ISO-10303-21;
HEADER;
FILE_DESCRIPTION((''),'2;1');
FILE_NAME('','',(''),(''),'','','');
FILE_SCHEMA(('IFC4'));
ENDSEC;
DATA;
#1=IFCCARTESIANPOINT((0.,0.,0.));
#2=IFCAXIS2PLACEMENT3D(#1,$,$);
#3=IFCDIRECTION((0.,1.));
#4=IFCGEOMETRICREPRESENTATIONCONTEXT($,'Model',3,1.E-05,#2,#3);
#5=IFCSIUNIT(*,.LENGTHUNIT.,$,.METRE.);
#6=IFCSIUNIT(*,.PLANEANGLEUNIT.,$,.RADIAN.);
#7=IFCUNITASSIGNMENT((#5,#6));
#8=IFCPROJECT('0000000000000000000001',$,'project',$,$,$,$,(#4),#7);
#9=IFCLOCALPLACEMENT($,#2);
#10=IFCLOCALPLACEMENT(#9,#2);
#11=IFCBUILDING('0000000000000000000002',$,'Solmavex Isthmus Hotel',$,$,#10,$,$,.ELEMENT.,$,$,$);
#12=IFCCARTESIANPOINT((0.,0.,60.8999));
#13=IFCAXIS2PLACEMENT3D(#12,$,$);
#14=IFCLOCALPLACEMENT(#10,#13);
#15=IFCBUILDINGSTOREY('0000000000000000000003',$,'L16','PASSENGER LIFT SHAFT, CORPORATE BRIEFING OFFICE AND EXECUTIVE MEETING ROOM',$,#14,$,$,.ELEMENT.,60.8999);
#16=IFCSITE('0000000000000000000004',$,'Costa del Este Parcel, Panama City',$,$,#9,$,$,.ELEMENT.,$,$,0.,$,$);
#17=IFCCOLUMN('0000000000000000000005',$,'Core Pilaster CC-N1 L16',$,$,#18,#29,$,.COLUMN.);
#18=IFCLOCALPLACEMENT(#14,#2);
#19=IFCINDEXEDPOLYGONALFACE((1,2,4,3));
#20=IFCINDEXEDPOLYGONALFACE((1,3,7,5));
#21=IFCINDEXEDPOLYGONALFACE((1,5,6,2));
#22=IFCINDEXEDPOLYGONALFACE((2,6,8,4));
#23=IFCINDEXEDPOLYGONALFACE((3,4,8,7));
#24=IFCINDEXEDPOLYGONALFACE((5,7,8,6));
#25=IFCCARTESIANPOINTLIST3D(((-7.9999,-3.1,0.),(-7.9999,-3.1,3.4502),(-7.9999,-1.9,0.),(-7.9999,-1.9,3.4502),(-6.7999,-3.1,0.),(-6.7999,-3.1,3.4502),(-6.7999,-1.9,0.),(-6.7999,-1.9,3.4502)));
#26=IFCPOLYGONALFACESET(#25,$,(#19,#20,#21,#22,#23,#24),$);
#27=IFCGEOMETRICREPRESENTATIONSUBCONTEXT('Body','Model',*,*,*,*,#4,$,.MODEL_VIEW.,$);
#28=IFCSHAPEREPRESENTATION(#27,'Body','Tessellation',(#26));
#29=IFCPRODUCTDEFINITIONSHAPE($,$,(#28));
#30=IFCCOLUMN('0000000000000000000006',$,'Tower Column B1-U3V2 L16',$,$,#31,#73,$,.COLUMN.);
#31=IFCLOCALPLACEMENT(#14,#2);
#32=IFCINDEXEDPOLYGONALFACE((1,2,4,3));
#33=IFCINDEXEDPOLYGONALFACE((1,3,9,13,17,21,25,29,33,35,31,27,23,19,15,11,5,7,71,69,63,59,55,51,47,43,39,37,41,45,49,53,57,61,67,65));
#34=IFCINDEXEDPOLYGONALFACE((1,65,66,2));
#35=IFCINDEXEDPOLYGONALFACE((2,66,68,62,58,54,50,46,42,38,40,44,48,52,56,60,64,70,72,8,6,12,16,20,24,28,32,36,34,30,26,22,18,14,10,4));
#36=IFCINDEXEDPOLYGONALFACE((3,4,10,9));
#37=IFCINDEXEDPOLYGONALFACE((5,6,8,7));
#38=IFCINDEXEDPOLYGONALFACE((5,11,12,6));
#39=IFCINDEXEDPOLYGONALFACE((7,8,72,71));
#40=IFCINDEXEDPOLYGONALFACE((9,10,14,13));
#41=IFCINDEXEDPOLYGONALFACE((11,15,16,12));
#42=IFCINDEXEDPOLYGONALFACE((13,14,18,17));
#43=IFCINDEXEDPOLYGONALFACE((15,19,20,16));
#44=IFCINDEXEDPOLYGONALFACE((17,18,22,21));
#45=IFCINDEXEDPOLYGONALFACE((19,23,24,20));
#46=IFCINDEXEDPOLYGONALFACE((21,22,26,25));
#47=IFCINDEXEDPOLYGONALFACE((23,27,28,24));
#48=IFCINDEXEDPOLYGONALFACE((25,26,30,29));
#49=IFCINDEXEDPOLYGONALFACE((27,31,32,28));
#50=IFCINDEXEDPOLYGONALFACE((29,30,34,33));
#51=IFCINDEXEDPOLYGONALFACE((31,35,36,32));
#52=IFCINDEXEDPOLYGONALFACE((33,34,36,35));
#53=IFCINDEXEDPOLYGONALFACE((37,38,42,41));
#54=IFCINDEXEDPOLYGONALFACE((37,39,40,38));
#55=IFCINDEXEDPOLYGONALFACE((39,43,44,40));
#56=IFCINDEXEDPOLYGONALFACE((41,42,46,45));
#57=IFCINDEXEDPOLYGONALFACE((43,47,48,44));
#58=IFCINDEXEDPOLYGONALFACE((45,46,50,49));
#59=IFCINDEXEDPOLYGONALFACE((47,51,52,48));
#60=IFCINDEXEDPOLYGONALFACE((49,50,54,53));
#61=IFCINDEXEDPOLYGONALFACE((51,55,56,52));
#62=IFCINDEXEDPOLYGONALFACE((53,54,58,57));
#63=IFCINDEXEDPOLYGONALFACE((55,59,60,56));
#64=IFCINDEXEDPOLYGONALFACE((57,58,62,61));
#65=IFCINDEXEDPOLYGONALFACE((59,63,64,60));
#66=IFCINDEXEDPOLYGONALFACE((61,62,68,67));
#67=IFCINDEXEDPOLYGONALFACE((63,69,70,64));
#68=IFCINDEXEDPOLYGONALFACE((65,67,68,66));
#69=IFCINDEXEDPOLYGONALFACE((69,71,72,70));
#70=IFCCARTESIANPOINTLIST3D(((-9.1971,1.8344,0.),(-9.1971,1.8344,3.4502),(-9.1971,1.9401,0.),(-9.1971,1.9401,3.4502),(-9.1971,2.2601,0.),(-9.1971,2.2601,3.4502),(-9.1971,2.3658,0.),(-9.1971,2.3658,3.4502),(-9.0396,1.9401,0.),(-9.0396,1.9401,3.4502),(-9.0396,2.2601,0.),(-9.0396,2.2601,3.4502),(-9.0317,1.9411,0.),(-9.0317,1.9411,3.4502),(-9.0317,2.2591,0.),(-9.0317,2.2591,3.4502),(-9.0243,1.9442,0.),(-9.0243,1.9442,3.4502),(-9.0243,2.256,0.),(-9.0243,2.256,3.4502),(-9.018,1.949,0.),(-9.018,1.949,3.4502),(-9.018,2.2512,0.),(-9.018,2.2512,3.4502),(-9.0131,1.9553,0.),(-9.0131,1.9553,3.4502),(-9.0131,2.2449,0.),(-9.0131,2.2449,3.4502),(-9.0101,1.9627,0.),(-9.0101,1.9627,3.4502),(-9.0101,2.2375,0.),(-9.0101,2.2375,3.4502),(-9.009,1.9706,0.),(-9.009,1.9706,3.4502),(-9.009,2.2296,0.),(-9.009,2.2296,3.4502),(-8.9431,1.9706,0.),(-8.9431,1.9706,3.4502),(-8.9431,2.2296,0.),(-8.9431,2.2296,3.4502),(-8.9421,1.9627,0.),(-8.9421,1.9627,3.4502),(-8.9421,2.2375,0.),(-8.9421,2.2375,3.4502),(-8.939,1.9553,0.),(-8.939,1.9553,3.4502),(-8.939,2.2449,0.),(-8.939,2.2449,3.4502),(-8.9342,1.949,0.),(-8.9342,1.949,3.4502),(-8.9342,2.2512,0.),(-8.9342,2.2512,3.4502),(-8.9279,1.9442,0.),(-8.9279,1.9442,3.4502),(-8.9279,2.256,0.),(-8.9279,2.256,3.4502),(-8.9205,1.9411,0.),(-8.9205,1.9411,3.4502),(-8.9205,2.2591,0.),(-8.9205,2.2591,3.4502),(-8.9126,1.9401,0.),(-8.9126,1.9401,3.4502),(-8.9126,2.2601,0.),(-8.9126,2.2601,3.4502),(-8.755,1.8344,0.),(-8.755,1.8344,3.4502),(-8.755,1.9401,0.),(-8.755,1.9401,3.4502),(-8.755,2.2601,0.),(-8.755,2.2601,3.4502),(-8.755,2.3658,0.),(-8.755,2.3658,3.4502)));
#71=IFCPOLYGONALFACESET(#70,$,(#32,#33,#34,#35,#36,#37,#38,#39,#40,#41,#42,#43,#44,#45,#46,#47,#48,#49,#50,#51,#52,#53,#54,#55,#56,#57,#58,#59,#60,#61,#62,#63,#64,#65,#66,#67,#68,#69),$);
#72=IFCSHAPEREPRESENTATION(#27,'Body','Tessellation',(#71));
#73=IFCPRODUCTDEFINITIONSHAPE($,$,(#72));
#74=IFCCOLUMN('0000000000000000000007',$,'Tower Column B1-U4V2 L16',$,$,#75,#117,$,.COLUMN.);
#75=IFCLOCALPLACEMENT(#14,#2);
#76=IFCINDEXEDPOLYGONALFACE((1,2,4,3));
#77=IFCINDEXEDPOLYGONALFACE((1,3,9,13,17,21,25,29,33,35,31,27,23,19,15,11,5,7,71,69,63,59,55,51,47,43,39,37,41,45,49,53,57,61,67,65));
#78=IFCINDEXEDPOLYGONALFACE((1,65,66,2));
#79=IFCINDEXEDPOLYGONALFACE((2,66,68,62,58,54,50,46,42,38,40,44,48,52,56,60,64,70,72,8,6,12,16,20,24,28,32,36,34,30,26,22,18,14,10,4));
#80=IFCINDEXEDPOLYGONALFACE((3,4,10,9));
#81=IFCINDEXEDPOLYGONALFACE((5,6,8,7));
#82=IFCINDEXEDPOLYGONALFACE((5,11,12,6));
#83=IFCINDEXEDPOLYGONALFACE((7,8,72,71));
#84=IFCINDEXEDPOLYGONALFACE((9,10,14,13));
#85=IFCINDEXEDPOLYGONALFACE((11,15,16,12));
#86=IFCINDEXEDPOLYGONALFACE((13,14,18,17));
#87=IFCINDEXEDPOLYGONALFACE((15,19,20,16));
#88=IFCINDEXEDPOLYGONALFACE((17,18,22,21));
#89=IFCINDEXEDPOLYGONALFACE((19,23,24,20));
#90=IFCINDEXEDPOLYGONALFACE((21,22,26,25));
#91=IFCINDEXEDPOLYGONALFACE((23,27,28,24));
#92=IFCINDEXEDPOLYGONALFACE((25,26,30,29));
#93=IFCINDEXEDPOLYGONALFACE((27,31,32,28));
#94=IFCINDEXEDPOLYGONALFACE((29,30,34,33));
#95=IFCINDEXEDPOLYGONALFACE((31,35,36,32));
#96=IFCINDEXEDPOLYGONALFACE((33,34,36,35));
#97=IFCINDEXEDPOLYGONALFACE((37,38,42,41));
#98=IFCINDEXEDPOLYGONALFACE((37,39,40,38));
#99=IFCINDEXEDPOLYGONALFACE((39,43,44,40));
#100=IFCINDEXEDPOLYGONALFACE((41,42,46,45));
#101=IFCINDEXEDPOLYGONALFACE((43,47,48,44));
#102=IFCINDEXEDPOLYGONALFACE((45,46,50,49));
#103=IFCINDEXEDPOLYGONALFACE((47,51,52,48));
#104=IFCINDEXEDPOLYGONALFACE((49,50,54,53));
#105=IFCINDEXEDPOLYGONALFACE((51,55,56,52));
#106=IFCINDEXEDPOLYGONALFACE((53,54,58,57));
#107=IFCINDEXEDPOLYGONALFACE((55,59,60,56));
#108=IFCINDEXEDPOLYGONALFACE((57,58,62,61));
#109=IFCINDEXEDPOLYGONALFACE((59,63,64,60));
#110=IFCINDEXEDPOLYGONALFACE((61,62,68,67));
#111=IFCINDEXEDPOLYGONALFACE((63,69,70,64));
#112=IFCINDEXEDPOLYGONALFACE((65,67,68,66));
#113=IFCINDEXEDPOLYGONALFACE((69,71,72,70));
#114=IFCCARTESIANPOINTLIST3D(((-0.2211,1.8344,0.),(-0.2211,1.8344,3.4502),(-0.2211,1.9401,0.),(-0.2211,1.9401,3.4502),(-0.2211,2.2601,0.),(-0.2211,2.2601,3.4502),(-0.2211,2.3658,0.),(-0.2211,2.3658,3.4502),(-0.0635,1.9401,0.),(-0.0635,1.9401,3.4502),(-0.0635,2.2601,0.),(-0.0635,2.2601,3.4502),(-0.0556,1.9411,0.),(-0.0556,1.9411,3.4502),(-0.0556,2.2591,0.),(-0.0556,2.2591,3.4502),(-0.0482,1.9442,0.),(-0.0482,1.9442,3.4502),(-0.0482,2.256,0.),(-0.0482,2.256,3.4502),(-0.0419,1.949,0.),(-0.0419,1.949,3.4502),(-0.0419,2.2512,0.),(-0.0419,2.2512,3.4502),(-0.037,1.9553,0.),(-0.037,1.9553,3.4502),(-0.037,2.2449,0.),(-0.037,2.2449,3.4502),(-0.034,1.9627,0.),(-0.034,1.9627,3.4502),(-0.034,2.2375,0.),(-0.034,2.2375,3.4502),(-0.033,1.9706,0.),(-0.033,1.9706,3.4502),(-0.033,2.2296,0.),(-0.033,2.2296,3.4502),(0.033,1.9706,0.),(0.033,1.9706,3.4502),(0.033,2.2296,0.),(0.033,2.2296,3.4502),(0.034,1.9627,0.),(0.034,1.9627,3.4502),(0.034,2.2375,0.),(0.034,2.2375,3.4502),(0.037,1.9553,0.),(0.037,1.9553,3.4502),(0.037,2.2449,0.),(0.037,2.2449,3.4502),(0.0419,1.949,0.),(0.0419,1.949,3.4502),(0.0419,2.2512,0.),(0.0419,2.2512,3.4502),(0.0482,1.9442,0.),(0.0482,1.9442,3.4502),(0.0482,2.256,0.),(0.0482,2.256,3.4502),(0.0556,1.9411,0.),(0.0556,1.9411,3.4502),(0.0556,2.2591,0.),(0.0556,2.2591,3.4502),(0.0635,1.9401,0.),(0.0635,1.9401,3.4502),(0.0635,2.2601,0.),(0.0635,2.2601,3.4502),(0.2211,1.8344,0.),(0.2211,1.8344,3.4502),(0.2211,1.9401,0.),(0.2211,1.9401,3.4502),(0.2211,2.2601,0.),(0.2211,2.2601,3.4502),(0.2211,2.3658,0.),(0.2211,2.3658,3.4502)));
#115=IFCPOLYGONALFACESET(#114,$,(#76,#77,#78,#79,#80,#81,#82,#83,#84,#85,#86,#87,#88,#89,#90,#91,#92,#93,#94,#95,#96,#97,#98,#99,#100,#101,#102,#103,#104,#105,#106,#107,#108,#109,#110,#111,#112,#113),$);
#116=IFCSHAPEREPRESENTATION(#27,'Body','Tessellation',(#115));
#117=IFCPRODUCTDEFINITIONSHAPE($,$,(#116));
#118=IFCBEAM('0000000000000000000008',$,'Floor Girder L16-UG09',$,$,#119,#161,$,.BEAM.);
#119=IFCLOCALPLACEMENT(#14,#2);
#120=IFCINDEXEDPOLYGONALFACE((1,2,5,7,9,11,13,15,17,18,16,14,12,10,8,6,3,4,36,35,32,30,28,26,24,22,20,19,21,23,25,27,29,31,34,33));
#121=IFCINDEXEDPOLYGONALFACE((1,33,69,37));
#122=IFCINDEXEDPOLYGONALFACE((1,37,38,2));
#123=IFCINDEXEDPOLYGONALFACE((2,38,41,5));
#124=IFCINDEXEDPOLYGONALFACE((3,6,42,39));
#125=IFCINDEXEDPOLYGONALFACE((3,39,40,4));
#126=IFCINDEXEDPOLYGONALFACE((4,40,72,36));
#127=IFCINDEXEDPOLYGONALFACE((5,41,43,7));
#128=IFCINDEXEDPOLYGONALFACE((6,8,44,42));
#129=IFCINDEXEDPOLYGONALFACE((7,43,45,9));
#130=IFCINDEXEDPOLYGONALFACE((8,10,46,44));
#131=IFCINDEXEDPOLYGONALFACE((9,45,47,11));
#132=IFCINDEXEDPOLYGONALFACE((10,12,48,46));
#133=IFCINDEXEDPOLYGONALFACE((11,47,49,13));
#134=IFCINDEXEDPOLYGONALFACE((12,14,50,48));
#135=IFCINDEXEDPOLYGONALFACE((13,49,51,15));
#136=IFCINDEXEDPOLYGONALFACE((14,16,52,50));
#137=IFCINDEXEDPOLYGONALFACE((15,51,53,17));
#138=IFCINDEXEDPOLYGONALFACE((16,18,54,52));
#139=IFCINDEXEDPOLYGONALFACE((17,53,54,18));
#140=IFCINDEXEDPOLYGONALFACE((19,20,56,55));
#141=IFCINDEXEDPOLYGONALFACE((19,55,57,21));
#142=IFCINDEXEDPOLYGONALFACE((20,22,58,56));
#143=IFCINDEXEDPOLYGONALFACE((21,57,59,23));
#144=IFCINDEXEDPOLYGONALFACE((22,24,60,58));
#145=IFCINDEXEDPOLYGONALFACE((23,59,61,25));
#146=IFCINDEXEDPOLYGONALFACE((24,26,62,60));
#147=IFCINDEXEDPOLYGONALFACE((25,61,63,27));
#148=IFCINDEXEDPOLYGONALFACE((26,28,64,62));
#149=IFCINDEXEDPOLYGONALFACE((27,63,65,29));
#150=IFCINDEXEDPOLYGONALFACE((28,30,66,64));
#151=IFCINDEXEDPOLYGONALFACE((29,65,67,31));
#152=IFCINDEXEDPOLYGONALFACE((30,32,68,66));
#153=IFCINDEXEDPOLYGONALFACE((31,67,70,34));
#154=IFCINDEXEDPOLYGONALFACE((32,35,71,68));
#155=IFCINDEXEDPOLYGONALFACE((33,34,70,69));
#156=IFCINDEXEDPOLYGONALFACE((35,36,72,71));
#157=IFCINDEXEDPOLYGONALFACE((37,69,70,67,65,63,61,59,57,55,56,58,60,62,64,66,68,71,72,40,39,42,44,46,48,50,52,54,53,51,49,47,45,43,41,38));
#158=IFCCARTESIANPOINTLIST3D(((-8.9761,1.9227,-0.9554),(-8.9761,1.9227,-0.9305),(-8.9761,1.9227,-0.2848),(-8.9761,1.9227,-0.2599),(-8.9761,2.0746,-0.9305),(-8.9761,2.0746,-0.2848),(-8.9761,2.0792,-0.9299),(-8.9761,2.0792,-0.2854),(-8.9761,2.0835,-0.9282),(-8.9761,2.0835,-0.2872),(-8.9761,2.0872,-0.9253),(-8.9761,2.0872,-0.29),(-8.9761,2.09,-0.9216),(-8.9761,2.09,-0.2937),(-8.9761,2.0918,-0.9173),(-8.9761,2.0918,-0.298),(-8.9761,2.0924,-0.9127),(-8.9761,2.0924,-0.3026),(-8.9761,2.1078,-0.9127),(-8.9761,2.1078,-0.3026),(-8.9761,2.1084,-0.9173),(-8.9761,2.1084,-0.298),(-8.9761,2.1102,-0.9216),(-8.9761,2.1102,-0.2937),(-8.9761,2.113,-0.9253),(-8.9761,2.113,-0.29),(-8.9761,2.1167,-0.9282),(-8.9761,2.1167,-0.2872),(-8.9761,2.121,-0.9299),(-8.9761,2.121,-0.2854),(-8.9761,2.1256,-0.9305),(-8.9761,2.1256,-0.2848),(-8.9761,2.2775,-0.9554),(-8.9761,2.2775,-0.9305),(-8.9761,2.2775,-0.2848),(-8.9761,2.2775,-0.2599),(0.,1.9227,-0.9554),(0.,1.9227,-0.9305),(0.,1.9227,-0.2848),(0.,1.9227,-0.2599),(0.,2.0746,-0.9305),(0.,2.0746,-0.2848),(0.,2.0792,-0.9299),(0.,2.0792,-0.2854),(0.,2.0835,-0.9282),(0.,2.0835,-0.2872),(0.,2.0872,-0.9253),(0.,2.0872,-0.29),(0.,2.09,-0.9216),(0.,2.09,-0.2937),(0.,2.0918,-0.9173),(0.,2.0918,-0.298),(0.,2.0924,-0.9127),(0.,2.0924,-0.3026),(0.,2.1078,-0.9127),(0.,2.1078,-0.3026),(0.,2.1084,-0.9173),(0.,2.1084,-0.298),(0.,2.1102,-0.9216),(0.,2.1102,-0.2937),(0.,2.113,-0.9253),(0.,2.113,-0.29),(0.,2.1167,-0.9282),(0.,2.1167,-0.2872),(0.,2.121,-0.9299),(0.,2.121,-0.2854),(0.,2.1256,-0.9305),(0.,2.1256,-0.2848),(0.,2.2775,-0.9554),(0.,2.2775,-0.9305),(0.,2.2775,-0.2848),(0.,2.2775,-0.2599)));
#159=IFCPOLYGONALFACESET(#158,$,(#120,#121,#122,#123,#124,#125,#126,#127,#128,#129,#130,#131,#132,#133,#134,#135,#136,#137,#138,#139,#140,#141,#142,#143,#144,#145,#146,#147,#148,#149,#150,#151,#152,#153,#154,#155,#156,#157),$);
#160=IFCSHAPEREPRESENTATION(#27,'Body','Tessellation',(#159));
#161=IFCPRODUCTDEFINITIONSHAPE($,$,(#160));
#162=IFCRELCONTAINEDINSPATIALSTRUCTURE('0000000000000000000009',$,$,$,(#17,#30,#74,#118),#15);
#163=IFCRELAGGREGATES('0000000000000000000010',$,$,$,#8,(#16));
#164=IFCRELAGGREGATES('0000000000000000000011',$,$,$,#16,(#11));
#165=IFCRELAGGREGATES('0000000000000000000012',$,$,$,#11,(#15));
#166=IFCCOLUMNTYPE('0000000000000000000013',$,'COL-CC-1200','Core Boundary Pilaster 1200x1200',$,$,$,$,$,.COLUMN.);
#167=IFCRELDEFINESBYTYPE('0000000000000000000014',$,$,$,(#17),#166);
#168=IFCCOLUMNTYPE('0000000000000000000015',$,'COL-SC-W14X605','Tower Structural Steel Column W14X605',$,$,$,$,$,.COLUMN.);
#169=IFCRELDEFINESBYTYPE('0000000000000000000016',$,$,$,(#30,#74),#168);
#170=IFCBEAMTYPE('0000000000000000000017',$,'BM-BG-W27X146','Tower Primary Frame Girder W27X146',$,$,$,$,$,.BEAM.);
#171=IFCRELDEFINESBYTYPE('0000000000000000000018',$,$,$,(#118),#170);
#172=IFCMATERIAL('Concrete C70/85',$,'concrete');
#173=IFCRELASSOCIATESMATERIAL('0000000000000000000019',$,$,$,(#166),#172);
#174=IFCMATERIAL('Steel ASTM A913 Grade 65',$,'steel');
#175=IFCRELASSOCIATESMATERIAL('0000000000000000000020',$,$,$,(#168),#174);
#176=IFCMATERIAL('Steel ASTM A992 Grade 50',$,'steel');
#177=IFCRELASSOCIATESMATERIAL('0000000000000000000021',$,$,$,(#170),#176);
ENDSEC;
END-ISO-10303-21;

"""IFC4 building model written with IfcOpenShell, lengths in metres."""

from ifc_helpers import new_model, si_unit, direction, frame, origin, origin_2d, place, context, subcontext, project, spatial, rectangle, i_section, extrude, material, material_profile, profile_set, type_object, element, save


model = new_model("IFC4")

# Units and contexts
model_context = context("Model", 3, precision=1e-05, world=origin(), true_north=direction((0.0, 1.0)))
body_context = subcontext(model_context, "Body", "Model", "MODEL_VIEW")
ifc_project = project(units=[si_unit("LENGTHUNIT", "METRE"), si_unit("PLANEANGLEUNIT", "RADIAN")], contexts=[model_context])

# Site, building, storey
site_placement = place(None, origin())
site = spatial("IfcSite", under=ifc_project, at=site_placement, Name="Costa del Este Parcel, Panama City", CompositionType="ELEMENT", RefElevation=0.0)
building_placement = place(site_placement, origin())
building = spatial("IfcBuilding", under=site, at=building_placement, Name="Solmavex Isthmus Hotel", CompositionType="ELEMENT")
storey_placement = place(building_placement, frame((0.0, 0.0, 60.8999)))
storey = spatial("IfcBuildingStorey", under=building, at=storey_placement, Name="L16", Description="PASSENGER LIFT SHAFT, CORPORATE BRIEFING OFFICE AND EXECUTIVE MEETING ROOM", CompositionType="ELEMENT", Elevation=60.8999)

# Columns
ifc_material_1 = material(Name="Concrete C70/85", Category="concrete")
ifc_material_profile_1 = material_profile(ifc_material_1, rectangle(XDim=1.2, YDim=1.2, at=origin_2d()), Name="RC1200X1200")
ifc_profile_set_1 = profile_set([ifc_material_profile_1], Name="Concrete C70/85")
column_type_1 = type_object("IfcColumnType", Name="COL-CC-1200", Description="Core Boundary Pilaster 1200x1200", PredefinedType="COLUMN", material=ifc_profile_set_1)
column_placement = place(storey_placement, frame((-7.3999, -2.5, 0.0), z_axis=(0.0, 0.0, 1.0), x_axis=(1.0, 0.0, 0.0)))
element("IfcColumn", 1, at=column_placement, inside=storey, type_object=column_type_1, Name="Core Pilaster CC-N1 L16", PredefinedType="COLUMN", context=body_context, shape_type="SweptSolid", body=[
    extrude(rectangle(XDim=1.2, YDim=1.2, at=origin_2d()), origin(), (0.0, 0.0, 1.0), 3.4502),
])
ifc_material_2 = material(Name="Steel ASTM A913 Grade 65", Category="steel")
ifc_material_profile_2 = material_profile(ifc_material_2, i_section(OverallWidth=0.4421, OverallDepth=0.5315, WebThickness=0.0659, FlangeThickness=0.1057, FilletRadius=0.0305, at=origin_2d()), Name="W14X605")
ifc_profile_set_2 = profile_set([ifc_material_profile_2], Name="Steel ASTM A913 Grade 65")
column_type_2 = type_object("IfcColumnType", Name="COL-SC-W14X605", Description="Tower Structural Steel Column W14X605", PredefinedType="COLUMN", material=ifc_profile_set_2)
for number, where, z_axis, x_axis, name in (
    (2, (-8.9761, 2.1001, 0.0), (0.0, 0.0, 1.0), (1.0, 0.0, 0.0), "Tower Column B1-U3V2 L16"),
    (3, (0.0, 2.1001, 0.0), (0.0, 0.0, 1.0), (1.0, 0.0, 0.0), "Tower Column B1-U4V2 L16"),
):
    element("IfcColumn", number, at=place(storey_placement, frame(where, z_axis=z_axis, x_axis=x_axis)), inside=storey, type_object=column_type_2, Name=name, PredefinedType="COLUMN", context=body_context, shape_type="SweptSolid", body=[
        extrude(i_section(OverallWidth=0.4421, OverallDepth=0.5315, WebThickness=0.0659, FlangeThickness=0.1057, FilletRadius=0.0305, at=origin_2d()), origin(), (0.0, 0.0, 1.0), 3.4502),
    ])

# Beam
ifc_material_3 = material(Name="Steel ASTM A992 Grade 50", Category="steel")
ifc_material_profile_3 = material_profile(ifc_material_3, i_section(OverallWidth=0.3547, OverallDepth=0.6956, WebThickness=0.0154, FlangeThickness=0.0249, FilletRadius=0.0178, at=origin_2d()), Name="W27X146")
ifc_profile_set_3 = profile_set([ifc_material_profile_3], Name="Steel ASTM A992 Grade 50")
beam_type_1 = type_object("IfcBeamType", Name="BM-BG-W27X146", Description="Tower Primary Frame Girder W27X146", PredefinedType="BEAM", material=ifc_profile_set_3)
beam_1_placement = place(storey_placement, frame((-8.9761, 2.1001, -0.6077), z_axis=(1.0, 0.0, 0.0), x_axis=(0.0, 1.0, 0.0)))
element("IfcBeam", 4, at=beam_1_placement, inside=storey, type_object=beam_type_1, Name="Floor Girder L16-UG09", PredefinedType="BEAM", context=body_context, shape_type="SweptSolid", body=[
    extrude(i_section(OverallWidth=0.3547, OverallDepth=0.6956, WebThickness=0.0154, FlangeThickness=0.0249, FilletRadius=0.0178, at=origin_2d()), origin(), (0.0, 0.0, 1.0), 8.9761),
])

save(model, "model.ifc")
